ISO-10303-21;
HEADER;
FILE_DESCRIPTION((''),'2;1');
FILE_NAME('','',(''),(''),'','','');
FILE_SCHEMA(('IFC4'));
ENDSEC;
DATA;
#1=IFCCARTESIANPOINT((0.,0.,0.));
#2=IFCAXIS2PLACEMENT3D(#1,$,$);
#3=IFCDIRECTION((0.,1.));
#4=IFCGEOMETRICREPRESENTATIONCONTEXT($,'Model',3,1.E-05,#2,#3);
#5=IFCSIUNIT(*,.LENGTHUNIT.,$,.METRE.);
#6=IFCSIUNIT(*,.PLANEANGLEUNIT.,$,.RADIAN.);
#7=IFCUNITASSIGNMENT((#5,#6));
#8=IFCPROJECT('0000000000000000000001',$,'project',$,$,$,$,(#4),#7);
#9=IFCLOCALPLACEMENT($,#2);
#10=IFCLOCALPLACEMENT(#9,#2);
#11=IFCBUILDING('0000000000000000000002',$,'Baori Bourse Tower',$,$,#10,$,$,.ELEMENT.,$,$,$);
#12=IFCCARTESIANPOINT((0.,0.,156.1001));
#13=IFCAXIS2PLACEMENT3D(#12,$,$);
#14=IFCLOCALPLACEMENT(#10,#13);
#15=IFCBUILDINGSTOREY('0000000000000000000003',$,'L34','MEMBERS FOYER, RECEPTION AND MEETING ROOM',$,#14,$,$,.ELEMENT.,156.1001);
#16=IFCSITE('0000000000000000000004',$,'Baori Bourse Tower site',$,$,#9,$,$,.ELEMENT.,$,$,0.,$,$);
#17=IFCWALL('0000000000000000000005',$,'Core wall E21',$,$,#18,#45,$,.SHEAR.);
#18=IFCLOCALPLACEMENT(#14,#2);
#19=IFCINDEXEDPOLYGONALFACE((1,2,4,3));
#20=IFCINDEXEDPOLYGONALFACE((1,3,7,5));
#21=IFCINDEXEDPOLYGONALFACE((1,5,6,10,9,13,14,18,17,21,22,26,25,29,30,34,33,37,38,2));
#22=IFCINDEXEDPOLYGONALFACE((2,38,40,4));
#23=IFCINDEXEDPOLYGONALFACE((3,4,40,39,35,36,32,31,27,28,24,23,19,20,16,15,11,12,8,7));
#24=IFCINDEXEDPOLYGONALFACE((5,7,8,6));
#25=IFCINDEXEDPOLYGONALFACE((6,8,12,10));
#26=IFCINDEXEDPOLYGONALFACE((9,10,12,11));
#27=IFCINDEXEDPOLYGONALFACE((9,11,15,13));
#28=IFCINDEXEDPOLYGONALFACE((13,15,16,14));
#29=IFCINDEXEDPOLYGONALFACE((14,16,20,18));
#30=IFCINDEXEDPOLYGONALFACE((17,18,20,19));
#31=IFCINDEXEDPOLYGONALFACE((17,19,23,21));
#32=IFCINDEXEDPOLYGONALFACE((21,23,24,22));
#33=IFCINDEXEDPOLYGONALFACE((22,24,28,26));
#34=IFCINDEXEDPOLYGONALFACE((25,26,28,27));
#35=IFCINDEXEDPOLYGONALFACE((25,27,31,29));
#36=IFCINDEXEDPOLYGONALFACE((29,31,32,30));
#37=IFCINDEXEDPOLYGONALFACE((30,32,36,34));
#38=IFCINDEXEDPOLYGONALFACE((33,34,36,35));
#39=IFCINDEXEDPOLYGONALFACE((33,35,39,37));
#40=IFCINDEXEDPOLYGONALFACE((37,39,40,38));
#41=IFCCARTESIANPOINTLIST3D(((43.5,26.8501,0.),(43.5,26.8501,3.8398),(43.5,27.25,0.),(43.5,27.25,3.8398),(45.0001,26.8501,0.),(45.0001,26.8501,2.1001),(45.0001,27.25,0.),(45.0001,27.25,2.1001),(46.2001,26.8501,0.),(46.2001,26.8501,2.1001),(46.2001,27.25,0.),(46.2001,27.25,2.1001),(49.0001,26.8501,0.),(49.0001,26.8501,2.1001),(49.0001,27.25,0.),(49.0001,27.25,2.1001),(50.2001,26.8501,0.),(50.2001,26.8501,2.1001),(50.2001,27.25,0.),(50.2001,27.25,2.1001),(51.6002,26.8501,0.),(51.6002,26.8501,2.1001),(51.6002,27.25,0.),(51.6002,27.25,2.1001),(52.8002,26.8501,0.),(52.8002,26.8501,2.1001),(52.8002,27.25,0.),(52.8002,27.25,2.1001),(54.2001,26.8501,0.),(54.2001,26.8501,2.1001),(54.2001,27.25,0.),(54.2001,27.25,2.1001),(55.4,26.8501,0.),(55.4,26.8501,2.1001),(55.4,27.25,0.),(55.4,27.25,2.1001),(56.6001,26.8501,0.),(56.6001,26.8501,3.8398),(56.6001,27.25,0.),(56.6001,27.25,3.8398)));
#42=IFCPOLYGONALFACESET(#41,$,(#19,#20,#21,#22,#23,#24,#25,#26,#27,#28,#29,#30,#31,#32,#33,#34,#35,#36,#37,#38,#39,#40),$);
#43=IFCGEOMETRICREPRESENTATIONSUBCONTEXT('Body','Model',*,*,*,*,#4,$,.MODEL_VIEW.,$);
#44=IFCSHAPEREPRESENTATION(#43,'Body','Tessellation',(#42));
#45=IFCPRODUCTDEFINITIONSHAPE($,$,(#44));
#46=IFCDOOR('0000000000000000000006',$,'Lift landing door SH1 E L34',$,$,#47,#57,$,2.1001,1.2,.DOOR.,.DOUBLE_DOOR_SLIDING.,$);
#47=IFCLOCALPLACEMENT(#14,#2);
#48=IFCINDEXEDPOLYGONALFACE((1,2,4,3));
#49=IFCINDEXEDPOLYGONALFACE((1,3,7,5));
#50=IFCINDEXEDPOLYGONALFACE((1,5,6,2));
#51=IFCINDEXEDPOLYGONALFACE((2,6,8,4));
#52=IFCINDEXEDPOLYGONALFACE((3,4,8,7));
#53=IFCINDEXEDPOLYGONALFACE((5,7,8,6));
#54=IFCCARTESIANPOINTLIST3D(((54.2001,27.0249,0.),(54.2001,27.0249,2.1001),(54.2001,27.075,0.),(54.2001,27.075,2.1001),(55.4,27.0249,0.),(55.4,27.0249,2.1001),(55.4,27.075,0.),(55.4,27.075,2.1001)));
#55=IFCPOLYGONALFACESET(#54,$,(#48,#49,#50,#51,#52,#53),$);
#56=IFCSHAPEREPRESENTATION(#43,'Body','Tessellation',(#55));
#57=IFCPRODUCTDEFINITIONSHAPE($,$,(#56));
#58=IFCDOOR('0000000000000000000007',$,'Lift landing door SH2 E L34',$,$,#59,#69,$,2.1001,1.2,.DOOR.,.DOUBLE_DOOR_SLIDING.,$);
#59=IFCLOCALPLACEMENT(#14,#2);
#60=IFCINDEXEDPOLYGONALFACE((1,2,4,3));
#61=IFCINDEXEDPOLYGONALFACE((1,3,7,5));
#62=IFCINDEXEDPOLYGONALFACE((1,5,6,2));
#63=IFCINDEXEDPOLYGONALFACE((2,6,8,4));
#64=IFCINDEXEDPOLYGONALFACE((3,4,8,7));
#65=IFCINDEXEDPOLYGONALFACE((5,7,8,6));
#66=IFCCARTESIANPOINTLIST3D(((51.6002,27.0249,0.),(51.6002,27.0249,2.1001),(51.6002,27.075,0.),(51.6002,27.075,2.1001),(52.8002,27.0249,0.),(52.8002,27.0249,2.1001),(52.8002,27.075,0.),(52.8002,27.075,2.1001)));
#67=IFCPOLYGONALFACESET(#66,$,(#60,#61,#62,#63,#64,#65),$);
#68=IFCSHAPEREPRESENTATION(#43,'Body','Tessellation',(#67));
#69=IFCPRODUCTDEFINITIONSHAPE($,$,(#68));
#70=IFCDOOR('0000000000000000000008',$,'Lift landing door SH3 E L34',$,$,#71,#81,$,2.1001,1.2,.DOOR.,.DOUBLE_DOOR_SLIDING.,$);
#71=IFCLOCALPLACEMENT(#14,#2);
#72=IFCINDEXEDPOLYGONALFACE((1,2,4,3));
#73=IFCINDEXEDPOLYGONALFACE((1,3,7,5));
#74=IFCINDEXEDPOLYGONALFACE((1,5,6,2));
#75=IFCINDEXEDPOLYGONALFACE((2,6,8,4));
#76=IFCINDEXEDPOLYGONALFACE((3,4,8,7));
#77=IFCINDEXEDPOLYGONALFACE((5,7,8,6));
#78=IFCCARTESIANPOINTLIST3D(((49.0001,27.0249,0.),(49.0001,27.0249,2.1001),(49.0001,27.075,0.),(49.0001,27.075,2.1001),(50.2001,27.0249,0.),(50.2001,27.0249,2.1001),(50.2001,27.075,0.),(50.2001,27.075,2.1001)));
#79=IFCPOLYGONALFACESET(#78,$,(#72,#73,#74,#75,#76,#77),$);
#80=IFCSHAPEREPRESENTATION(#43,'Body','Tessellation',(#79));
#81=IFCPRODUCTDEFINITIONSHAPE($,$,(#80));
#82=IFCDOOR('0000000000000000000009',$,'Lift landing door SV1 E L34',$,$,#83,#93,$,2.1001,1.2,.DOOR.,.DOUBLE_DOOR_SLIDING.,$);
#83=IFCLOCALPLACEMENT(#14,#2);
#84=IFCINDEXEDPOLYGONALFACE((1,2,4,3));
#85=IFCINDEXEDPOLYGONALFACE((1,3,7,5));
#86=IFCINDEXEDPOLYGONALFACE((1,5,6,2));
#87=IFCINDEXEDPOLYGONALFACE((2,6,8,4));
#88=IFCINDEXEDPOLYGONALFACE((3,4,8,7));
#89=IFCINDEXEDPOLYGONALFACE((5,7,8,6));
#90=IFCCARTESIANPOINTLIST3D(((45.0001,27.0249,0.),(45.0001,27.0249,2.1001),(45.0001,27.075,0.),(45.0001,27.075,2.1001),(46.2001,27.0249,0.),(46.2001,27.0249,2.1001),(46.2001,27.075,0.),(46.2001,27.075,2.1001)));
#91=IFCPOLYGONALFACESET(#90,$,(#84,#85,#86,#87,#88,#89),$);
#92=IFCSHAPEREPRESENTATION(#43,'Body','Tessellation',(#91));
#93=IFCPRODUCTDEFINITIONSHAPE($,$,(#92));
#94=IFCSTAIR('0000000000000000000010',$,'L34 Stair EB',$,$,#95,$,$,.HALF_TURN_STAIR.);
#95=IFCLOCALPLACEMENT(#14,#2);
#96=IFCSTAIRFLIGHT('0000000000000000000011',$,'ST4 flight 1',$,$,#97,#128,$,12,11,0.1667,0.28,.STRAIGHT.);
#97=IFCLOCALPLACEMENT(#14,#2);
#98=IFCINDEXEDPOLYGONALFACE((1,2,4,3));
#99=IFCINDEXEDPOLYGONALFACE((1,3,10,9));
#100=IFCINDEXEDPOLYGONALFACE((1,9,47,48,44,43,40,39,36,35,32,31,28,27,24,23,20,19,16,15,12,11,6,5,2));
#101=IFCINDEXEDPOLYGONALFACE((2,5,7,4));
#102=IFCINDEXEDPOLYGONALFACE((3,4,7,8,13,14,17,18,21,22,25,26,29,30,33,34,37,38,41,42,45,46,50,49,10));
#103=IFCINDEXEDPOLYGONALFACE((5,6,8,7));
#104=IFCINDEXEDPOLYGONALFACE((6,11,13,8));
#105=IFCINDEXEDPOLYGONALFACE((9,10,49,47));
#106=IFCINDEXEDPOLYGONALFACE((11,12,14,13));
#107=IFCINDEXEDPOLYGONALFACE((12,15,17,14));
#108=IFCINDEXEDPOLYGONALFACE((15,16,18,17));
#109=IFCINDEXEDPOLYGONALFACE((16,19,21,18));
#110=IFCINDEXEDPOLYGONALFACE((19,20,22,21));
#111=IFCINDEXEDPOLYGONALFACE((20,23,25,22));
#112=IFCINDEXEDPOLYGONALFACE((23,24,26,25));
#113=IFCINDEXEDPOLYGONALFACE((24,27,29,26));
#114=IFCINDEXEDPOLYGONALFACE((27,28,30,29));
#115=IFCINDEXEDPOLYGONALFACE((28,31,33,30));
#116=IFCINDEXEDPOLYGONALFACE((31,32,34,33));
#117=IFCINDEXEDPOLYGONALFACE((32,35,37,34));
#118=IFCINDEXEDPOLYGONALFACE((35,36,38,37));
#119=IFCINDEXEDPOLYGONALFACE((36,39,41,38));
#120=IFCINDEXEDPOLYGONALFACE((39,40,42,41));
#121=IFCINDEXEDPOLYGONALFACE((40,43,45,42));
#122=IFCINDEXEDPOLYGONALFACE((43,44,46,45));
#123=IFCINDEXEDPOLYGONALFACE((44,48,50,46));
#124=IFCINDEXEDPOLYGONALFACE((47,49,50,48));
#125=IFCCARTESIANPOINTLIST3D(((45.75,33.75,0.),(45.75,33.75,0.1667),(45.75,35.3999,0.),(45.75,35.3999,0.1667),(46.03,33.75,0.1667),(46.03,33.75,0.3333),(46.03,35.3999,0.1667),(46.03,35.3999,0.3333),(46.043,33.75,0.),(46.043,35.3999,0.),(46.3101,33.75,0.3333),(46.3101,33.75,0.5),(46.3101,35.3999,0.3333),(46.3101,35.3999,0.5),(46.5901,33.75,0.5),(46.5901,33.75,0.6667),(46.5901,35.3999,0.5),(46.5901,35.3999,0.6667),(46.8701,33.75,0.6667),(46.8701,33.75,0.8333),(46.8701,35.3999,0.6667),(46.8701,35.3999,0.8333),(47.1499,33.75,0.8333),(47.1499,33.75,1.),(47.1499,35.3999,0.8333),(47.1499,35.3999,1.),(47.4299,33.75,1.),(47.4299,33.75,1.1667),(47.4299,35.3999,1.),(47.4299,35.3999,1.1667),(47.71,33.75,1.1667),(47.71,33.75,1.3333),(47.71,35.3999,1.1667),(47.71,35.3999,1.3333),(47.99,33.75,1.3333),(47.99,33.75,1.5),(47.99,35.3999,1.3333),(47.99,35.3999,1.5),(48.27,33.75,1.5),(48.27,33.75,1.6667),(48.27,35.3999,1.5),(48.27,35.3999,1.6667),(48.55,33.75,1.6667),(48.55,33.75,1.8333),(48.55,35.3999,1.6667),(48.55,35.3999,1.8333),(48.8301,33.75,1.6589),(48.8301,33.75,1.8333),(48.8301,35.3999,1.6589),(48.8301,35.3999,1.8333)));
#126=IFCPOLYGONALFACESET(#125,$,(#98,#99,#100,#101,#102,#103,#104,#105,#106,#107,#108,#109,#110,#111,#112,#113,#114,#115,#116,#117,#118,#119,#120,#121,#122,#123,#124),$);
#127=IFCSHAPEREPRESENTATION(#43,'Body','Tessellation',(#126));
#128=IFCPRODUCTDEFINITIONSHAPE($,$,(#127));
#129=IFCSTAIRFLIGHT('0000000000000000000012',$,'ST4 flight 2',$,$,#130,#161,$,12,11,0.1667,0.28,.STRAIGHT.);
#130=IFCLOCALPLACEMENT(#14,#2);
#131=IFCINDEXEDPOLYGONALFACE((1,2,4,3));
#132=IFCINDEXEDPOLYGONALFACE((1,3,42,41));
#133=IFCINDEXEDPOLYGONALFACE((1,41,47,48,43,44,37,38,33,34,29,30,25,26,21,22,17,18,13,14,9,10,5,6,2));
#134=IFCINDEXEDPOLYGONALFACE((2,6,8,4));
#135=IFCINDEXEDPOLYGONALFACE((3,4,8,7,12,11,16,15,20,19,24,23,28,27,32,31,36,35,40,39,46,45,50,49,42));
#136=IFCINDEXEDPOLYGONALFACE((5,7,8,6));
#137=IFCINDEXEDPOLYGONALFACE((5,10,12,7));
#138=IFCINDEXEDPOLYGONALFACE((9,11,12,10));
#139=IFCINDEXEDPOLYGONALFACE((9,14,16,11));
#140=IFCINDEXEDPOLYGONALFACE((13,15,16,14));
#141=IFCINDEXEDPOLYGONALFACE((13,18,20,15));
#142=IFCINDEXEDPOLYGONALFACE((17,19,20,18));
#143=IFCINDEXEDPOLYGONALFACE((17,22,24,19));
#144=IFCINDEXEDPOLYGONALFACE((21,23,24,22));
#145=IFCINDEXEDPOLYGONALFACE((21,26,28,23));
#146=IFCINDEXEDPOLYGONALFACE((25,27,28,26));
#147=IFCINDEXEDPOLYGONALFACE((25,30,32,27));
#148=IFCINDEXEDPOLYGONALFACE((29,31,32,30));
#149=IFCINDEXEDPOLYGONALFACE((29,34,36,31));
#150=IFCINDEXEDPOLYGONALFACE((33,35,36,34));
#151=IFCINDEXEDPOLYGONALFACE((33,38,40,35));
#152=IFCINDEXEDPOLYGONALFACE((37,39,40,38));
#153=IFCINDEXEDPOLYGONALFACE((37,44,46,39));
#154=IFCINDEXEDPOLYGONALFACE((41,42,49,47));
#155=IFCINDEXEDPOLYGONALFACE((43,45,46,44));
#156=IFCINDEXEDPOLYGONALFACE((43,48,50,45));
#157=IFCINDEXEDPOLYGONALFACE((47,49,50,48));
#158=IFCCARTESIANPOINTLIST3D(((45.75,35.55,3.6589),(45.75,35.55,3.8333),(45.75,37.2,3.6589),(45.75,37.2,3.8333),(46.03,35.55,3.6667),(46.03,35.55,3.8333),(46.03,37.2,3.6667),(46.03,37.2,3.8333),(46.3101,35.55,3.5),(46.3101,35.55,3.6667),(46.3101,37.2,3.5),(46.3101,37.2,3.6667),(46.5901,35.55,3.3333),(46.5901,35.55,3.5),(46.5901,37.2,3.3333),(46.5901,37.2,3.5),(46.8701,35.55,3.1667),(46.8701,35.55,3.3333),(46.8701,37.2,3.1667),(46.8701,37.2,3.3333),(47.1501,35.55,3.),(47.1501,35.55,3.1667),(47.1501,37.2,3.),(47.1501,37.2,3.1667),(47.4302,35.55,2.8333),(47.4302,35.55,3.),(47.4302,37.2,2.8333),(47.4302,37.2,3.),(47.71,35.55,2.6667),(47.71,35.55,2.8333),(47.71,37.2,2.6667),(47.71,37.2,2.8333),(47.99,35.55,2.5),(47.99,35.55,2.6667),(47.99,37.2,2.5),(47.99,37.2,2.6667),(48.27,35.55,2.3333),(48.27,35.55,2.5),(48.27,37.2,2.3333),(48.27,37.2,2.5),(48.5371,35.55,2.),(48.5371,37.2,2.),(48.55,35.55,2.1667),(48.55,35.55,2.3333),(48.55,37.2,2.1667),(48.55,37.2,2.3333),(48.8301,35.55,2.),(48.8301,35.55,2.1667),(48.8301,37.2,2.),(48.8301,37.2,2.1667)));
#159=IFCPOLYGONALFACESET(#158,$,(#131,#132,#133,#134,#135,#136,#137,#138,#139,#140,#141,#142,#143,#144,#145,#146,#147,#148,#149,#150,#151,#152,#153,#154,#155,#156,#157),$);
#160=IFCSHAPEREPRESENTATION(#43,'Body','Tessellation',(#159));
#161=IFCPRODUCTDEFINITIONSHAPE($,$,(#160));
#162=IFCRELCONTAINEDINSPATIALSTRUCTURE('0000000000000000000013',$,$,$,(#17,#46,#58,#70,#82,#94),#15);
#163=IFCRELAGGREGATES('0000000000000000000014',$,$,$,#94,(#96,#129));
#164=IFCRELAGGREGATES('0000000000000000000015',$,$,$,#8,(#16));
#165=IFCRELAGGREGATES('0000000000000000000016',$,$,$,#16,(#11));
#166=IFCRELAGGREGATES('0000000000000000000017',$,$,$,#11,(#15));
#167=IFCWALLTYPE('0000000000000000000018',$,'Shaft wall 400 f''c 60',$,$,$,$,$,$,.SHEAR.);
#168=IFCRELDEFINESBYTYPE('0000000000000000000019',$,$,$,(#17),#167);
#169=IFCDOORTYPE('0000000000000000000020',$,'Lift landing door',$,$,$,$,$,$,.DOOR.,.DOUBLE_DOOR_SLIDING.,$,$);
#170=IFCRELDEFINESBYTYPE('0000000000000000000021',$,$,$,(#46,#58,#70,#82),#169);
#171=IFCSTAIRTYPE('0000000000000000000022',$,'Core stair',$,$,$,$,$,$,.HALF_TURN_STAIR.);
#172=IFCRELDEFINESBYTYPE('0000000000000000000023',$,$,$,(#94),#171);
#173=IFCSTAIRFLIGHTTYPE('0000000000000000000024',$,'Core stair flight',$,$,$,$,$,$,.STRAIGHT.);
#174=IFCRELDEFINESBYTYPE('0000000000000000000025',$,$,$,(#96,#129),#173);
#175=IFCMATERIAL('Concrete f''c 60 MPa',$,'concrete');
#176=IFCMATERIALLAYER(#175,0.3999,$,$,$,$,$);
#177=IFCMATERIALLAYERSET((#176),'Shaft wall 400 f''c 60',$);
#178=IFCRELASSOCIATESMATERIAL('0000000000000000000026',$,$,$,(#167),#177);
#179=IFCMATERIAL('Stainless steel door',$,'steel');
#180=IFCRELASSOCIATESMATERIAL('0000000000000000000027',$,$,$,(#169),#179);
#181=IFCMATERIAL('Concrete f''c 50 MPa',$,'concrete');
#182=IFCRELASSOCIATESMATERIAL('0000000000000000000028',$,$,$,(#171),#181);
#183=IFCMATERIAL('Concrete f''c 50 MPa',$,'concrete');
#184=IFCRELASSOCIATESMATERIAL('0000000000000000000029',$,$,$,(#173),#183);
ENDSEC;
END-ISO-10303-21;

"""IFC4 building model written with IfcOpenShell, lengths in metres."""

from ifc_helpers import new_model, si_unit, direction, frame, frame_2d, origin, place, context, subcontext, project, spatial, polyline, rectangle, outline, extrude, material, layer, layer_set, type_object, element, fill, aggregate, save


model = new_model("IFC4")

# Units and contexts
model_context = context("Model", 3, precision=1e-05, world=origin(), true_north=direction((0.0, 1.0)))
body_context = subcontext(model_context, "Body", "Model", "MODEL_VIEW")
ifc_project = project(units=[si_unit("LENGTHUNIT", "METRE"), si_unit("PLANEANGLEUNIT", "RADIAN")], contexts=[model_context])

# Site, building, storey
site_placement = place(None, origin())
site = spatial("IfcSite", under=ifc_project, at=site_placement, Name="Baori Bourse Tower site", CompositionType="ELEMENT", RefElevation=0.0)
building_placement = place(site_placement, origin())
building = spatial("IfcBuilding", under=site, at=building_placement, Name="Baori Bourse Tower", CompositionType="ELEMENT")
storey_placement = place(building_placement, frame((0.0, 0.0, 156.1001)))
storey = spatial("IfcBuildingStorey", under=building, at=storey_placement, Name="L34", Description="MEMBERS FOYER, RECEPTION AND MEETING ROOM", CompositionType="ELEMENT", Elevation=156.1001)

# Wall, openings, doors
ifc_material_1 = material(Name="Concrete f'c 60 MPa", Category="concrete")
ifc_layer_1 = layer(ifc_material_1, 0.3999)
ifc_layer_set_1 = layer_set([ifc_layer_1], Name="Shaft wall 400 f'c 60")
wall_type_1 = type_object("IfcWallType", Name="Shaft wall 400 f'c 60", PredefinedType="SHEAR", material=ifc_layer_set_1)
wall_1_placement = place(storey_placement, frame((43.5, 27.05, 0.0), z_axis=(0.0, 0.0, 1.0), x_axis=(1.0, 0.0, 0.0)))
wall_1 = element("IfcWall", 1, at=wall_1_placement, inside=storey, type_object=wall_type_1, Name="Core wall E21", PredefinedType="SHEAR", context=body_context, shape_type="SweptSolid", body=[
    extrude(rectangle(XDim=13.1001, YDim=0.3999, at=frame_2d((6.55, 0.0))), origin(), (0.0, 0.0, 1.0), 3.8398),
])
opening_1_placement = place(wall_1_placement, frame((10.7, 0.0, 0.0)))
opening_1 = element("IfcOpeningElement", 2, at=opening_1_placement, cuts=wall_1, PredefinedType="OPENING", context=body_context, shape_type="SweptSolid", body=[
    extrude(rectangle(XDim=1.2, YDim=2.1001, at=frame_2d((0.6001, 1.05))), frame((0.0, 0.21, 0.0), z_axis=(0.0, -1.0, 0.0), x_axis=(1.0, 0.0, 0.0)), (0.0, 0.0, 1.0), 0.4199),
])
opening_2_placement = place(wall_1_placement, frame((8.1001, 0.0, 0.0)))
opening_2 = element("IfcOpeningElement", 3, at=opening_2_placement, cuts=wall_1, PredefinedType="OPENING", context=body_context, shape_type="SweptSolid", body=[
    extrude(rectangle(XDim=1.2, YDim=2.1001, at=frame_2d((0.6001, 1.05))), frame((0.0, 0.21, 0.0), z_axis=(0.0, -1.0, 0.0), x_axis=(1.0, 0.0, 0.0)), (0.0, 0.0, 1.0), 0.4199),
])
opening_3_placement = place(wall_1_placement, frame((5.5, 0.0, 0.0)))
opening_3 = element("IfcOpeningElement", 4, at=opening_3_placement, cuts=wall_1, PredefinedType="OPENING", context=body_context, shape_type="SweptSolid", body=[
    extrude(rectangle(XDim=1.2, YDim=2.1001, at=frame_2d((0.6001, 1.05))), frame((0.0, 0.21, 0.0), z_axis=(0.0, -1.0, 0.0), x_axis=(1.0, 0.0, 0.0)), (0.0, 0.0, 1.0), 0.4199),
])
opening_4_placement = place(wall_1_placement, frame((1.5, 0.0, 0.0)))
opening_4 = element("IfcOpeningElement", 5, at=opening_4_placement, cuts=wall_1, PredefinedType="OPENING", context=body_context, shape_type="SweptSolid", body=[
    extrude(rectangle(XDim=1.2, YDim=2.1001, at=frame_2d((0.6001, 1.05))), frame((0.0, 0.21, 0.0), z_axis=(0.0, -1.0, 0.0), x_axis=(1.0, 0.0, 0.0)), (0.0, 0.0, 1.0), 0.4199),
])
ifc_material_2 = material(Name="Stainless steel door", Category="steel")
door_type_1 = type_object("IfcDoorType", Name="Lift landing door", OperationType="DOUBLE_DOOR_SLIDING", PredefinedType="DOOR", material=ifc_material_2)
door_1_placement = place(opening_1_placement, origin())
door_1 = element("IfcDoor", 6, at=door_1_placement, inside=storey, type_object=door_type_1, Name="Lift landing door SH1 E L34", OperationType="DOUBLE_DOOR_SLIDING", OverallHeight=2.1001, OverallWidth=1.2, PredefinedType="DOOR", context=body_context, shape_type="SweptSolid", body=[
    extrude(rectangle(XDim=1.2, YDim=2.1001, at=frame_2d((0.6001, 1.05))), frame((0.0, 0.0249, 0.0), z_axis=(0.0, -1.0, 0.0), x_axis=(1.0, 0.0, 0.0)), (0.0, 0.0, 1.0), 0.05),
])
fill(opening_1, door_1)
door_2_placement = place(opening_2_placement, origin())
door_2 = element("IfcDoor", 7, at=door_2_placement, inside=storey, type_object=door_type_1, Name="Lift landing door SH2 E L34", OperationType="DOUBLE_DOOR_SLIDING", OverallHeight=2.1001, OverallWidth=1.2, PredefinedType="DOOR", context=body_context, shape_type="SweptSolid", body=[
    extrude(rectangle(XDim=1.2, YDim=2.1001, at=frame_2d((0.6001, 1.05))), frame((0.0, 0.0249, 0.0), z_axis=(0.0, -1.0, 0.0), x_axis=(1.0, 0.0, 0.0)), (0.0, 0.0, 1.0), 0.05),
])
fill(opening_2, door_2)
door_3_placement = place(opening_3_placement, origin())
door_3 = element("IfcDoor", 8, at=door_3_placement, inside=storey, type_object=door_type_1, Name="Lift landing door SH3 E L34", OperationType="DOUBLE_DOOR_SLIDING", OverallHeight=2.1001, OverallWidth=1.2, PredefinedType="DOOR", context=body_context, shape_type="SweptSolid", body=[
    extrude(rectangle(XDim=1.2, YDim=2.1001, at=frame_2d((0.6001, 1.05))), frame((0.0, 0.0249, 0.0), z_axis=(0.0, -1.0, 0.0), x_axis=(1.0, 0.0, 0.0)), (0.0, 0.0, 1.0), 0.05),
])
fill(opening_3, door_3)
door_4_placement = place(opening_4_placement, origin())
door_4 = element("IfcDoor", 9, at=door_4_placement, inside=storey, type_object=door_type_1, Name="Lift landing door SV1 E L34", OperationType="DOUBLE_DOOR_SLIDING", OverallHeight=2.1001, OverallWidth=1.2, PredefinedType="DOOR", context=body_context, shape_type="SweptSolid", body=[
    extrude(rectangle(XDim=1.2, YDim=2.1001, at=frame_2d((0.6001, 1.05))), frame((0.0, 0.0249, 0.0), z_axis=(0.0, -1.0, 0.0), x_axis=(1.0, 0.0, 0.0)), (0.0, 0.0, 1.0), 0.05),
])
fill(opening_4, door_4)

# Stair, stair flights
ifc_material_3 = material(Name="Concrete f'c 50 MPa", Category="concrete")
stair_type = type_object("IfcStairType", Name="Core stair", PredefinedType="HALF_TURN_STAIR", material=ifc_material_3)
stair_placement = place(storey_placement, origin())
stair = element("IfcStair", 10, at=stair_placement, inside=storey, type_object=stair_type, Name="L34 Stair EB", PredefinedType="HALF_TURN_STAIR")
ifc_material_4 = material(Name="Concrete f'c 50 MPa", Category="concrete")
stair_flight_type = type_object("IfcStairFlightType", Name="Core stair flight", PredefinedType="STRAIGHT", material=ifc_material_4)
stair_flight_1_placement = place(storey_placement, frame((45.75, 34.575, 0.0), z_axis=(0.0, 0.0, 1.0), x_axis=(1.0, 0.0, 0.0)))
stair_flight_1 = element("IfcStairFlight", 11, at=stair_flight_1_placement, type_object=stair_flight_type, Name="ST4 flight 1", NumberOfRisers=12, NumberOfTreads=11, PredefinedType="STRAIGHT", RiserHeight=0.1667, TreadLength=0.28, context=body_context, shape_type="SweptSolid", body=[
    extrude(outline(polyline([(0.0, 0.0), (0.0, 0.1667), (0.28, 0.1667), (0.28, 0.3333), (0.5601, 0.3333), (0.5601, 0.5), (0.8401, 0.5), (0.8401, 0.6667), (1.1201, 0.6667), (1.1201, 0.8333), (1.3999, 0.8333), (1.3999, 1.0), (1.6799, 1.0), (1.6799, 1.1667), (1.96, 1.1667), (1.96, 1.3333), (2.24, 1.3333), (2.24, 1.5), (2.52, 1.5), (2.52, 1.6667), (2.8, 1.6667), (2.8, 1.8333), (3.0801, 1.8333), (3.0801, 2.0), (3.0801, 1.6589), (0.293, 0.0), (0.0, 0.0)])), frame((0.0, 0.825, 0.0), z_axis=(0.0, -1.0, 0.0), x_axis=(1.0, 0.0, 0.0)), (0.0, 0.0, 1.0), 1.6499),
])
stair_flight_2_placement = place(storey_placement, frame((48.8301, 36.375, 2.0), z_axis=(0.0, 0.0, 1.0), x_axis=(-1.0, 0.0, 0.0)))
stair_flight_2 = element("IfcStairFlight", 12, at=stair_flight_2_placement, type_object=stair_flight_type, Name="ST4 flight 2", NumberOfRisers=12, NumberOfTreads=11, PredefinedType="STRAIGHT", RiserHeight=0.1667, TreadLength=0.28, context=body_context, shape_type="SweptSolid", body=[
    extrude(outline(polyline([(0.0, 0.0), (0.0, 0.1667), (0.28, 0.1667), (0.28, 0.3333), (0.5601, 0.3333), (0.5601, 0.5), (0.8401, 0.5), (0.8401, 0.6667), (1.1201, 0.6667), (1.1201, 0.8333), (1.3999, 0.8333), (1.3999, 1.0), (1.6799, 1.0), (1.6799, 1.1667), (1.96, 1.1667), (1.96, 1.3333), (2.24, 1.3333), (2.24, 1.5), (2.52, 1.5), (2.52, 1.6667), (2.8, 1.6667), (2.8, 1.8333), (3.0801, 1.8333), (3.0801, 2.0), (3.0801, 1.6589), (0.293, 0.0), (0.0, 0.0)])), frame((0.0, 0.825, 0.0), z_axis=(0.0, -1.0, 0.0), x_axis=(1.0, 0.0, 0.0)), (0.0, 0.0, 1.0), 1.6499),
])
aggregate(stair, [stair_flight_1, stair_flight_2])

save(model, "model.ifc")
